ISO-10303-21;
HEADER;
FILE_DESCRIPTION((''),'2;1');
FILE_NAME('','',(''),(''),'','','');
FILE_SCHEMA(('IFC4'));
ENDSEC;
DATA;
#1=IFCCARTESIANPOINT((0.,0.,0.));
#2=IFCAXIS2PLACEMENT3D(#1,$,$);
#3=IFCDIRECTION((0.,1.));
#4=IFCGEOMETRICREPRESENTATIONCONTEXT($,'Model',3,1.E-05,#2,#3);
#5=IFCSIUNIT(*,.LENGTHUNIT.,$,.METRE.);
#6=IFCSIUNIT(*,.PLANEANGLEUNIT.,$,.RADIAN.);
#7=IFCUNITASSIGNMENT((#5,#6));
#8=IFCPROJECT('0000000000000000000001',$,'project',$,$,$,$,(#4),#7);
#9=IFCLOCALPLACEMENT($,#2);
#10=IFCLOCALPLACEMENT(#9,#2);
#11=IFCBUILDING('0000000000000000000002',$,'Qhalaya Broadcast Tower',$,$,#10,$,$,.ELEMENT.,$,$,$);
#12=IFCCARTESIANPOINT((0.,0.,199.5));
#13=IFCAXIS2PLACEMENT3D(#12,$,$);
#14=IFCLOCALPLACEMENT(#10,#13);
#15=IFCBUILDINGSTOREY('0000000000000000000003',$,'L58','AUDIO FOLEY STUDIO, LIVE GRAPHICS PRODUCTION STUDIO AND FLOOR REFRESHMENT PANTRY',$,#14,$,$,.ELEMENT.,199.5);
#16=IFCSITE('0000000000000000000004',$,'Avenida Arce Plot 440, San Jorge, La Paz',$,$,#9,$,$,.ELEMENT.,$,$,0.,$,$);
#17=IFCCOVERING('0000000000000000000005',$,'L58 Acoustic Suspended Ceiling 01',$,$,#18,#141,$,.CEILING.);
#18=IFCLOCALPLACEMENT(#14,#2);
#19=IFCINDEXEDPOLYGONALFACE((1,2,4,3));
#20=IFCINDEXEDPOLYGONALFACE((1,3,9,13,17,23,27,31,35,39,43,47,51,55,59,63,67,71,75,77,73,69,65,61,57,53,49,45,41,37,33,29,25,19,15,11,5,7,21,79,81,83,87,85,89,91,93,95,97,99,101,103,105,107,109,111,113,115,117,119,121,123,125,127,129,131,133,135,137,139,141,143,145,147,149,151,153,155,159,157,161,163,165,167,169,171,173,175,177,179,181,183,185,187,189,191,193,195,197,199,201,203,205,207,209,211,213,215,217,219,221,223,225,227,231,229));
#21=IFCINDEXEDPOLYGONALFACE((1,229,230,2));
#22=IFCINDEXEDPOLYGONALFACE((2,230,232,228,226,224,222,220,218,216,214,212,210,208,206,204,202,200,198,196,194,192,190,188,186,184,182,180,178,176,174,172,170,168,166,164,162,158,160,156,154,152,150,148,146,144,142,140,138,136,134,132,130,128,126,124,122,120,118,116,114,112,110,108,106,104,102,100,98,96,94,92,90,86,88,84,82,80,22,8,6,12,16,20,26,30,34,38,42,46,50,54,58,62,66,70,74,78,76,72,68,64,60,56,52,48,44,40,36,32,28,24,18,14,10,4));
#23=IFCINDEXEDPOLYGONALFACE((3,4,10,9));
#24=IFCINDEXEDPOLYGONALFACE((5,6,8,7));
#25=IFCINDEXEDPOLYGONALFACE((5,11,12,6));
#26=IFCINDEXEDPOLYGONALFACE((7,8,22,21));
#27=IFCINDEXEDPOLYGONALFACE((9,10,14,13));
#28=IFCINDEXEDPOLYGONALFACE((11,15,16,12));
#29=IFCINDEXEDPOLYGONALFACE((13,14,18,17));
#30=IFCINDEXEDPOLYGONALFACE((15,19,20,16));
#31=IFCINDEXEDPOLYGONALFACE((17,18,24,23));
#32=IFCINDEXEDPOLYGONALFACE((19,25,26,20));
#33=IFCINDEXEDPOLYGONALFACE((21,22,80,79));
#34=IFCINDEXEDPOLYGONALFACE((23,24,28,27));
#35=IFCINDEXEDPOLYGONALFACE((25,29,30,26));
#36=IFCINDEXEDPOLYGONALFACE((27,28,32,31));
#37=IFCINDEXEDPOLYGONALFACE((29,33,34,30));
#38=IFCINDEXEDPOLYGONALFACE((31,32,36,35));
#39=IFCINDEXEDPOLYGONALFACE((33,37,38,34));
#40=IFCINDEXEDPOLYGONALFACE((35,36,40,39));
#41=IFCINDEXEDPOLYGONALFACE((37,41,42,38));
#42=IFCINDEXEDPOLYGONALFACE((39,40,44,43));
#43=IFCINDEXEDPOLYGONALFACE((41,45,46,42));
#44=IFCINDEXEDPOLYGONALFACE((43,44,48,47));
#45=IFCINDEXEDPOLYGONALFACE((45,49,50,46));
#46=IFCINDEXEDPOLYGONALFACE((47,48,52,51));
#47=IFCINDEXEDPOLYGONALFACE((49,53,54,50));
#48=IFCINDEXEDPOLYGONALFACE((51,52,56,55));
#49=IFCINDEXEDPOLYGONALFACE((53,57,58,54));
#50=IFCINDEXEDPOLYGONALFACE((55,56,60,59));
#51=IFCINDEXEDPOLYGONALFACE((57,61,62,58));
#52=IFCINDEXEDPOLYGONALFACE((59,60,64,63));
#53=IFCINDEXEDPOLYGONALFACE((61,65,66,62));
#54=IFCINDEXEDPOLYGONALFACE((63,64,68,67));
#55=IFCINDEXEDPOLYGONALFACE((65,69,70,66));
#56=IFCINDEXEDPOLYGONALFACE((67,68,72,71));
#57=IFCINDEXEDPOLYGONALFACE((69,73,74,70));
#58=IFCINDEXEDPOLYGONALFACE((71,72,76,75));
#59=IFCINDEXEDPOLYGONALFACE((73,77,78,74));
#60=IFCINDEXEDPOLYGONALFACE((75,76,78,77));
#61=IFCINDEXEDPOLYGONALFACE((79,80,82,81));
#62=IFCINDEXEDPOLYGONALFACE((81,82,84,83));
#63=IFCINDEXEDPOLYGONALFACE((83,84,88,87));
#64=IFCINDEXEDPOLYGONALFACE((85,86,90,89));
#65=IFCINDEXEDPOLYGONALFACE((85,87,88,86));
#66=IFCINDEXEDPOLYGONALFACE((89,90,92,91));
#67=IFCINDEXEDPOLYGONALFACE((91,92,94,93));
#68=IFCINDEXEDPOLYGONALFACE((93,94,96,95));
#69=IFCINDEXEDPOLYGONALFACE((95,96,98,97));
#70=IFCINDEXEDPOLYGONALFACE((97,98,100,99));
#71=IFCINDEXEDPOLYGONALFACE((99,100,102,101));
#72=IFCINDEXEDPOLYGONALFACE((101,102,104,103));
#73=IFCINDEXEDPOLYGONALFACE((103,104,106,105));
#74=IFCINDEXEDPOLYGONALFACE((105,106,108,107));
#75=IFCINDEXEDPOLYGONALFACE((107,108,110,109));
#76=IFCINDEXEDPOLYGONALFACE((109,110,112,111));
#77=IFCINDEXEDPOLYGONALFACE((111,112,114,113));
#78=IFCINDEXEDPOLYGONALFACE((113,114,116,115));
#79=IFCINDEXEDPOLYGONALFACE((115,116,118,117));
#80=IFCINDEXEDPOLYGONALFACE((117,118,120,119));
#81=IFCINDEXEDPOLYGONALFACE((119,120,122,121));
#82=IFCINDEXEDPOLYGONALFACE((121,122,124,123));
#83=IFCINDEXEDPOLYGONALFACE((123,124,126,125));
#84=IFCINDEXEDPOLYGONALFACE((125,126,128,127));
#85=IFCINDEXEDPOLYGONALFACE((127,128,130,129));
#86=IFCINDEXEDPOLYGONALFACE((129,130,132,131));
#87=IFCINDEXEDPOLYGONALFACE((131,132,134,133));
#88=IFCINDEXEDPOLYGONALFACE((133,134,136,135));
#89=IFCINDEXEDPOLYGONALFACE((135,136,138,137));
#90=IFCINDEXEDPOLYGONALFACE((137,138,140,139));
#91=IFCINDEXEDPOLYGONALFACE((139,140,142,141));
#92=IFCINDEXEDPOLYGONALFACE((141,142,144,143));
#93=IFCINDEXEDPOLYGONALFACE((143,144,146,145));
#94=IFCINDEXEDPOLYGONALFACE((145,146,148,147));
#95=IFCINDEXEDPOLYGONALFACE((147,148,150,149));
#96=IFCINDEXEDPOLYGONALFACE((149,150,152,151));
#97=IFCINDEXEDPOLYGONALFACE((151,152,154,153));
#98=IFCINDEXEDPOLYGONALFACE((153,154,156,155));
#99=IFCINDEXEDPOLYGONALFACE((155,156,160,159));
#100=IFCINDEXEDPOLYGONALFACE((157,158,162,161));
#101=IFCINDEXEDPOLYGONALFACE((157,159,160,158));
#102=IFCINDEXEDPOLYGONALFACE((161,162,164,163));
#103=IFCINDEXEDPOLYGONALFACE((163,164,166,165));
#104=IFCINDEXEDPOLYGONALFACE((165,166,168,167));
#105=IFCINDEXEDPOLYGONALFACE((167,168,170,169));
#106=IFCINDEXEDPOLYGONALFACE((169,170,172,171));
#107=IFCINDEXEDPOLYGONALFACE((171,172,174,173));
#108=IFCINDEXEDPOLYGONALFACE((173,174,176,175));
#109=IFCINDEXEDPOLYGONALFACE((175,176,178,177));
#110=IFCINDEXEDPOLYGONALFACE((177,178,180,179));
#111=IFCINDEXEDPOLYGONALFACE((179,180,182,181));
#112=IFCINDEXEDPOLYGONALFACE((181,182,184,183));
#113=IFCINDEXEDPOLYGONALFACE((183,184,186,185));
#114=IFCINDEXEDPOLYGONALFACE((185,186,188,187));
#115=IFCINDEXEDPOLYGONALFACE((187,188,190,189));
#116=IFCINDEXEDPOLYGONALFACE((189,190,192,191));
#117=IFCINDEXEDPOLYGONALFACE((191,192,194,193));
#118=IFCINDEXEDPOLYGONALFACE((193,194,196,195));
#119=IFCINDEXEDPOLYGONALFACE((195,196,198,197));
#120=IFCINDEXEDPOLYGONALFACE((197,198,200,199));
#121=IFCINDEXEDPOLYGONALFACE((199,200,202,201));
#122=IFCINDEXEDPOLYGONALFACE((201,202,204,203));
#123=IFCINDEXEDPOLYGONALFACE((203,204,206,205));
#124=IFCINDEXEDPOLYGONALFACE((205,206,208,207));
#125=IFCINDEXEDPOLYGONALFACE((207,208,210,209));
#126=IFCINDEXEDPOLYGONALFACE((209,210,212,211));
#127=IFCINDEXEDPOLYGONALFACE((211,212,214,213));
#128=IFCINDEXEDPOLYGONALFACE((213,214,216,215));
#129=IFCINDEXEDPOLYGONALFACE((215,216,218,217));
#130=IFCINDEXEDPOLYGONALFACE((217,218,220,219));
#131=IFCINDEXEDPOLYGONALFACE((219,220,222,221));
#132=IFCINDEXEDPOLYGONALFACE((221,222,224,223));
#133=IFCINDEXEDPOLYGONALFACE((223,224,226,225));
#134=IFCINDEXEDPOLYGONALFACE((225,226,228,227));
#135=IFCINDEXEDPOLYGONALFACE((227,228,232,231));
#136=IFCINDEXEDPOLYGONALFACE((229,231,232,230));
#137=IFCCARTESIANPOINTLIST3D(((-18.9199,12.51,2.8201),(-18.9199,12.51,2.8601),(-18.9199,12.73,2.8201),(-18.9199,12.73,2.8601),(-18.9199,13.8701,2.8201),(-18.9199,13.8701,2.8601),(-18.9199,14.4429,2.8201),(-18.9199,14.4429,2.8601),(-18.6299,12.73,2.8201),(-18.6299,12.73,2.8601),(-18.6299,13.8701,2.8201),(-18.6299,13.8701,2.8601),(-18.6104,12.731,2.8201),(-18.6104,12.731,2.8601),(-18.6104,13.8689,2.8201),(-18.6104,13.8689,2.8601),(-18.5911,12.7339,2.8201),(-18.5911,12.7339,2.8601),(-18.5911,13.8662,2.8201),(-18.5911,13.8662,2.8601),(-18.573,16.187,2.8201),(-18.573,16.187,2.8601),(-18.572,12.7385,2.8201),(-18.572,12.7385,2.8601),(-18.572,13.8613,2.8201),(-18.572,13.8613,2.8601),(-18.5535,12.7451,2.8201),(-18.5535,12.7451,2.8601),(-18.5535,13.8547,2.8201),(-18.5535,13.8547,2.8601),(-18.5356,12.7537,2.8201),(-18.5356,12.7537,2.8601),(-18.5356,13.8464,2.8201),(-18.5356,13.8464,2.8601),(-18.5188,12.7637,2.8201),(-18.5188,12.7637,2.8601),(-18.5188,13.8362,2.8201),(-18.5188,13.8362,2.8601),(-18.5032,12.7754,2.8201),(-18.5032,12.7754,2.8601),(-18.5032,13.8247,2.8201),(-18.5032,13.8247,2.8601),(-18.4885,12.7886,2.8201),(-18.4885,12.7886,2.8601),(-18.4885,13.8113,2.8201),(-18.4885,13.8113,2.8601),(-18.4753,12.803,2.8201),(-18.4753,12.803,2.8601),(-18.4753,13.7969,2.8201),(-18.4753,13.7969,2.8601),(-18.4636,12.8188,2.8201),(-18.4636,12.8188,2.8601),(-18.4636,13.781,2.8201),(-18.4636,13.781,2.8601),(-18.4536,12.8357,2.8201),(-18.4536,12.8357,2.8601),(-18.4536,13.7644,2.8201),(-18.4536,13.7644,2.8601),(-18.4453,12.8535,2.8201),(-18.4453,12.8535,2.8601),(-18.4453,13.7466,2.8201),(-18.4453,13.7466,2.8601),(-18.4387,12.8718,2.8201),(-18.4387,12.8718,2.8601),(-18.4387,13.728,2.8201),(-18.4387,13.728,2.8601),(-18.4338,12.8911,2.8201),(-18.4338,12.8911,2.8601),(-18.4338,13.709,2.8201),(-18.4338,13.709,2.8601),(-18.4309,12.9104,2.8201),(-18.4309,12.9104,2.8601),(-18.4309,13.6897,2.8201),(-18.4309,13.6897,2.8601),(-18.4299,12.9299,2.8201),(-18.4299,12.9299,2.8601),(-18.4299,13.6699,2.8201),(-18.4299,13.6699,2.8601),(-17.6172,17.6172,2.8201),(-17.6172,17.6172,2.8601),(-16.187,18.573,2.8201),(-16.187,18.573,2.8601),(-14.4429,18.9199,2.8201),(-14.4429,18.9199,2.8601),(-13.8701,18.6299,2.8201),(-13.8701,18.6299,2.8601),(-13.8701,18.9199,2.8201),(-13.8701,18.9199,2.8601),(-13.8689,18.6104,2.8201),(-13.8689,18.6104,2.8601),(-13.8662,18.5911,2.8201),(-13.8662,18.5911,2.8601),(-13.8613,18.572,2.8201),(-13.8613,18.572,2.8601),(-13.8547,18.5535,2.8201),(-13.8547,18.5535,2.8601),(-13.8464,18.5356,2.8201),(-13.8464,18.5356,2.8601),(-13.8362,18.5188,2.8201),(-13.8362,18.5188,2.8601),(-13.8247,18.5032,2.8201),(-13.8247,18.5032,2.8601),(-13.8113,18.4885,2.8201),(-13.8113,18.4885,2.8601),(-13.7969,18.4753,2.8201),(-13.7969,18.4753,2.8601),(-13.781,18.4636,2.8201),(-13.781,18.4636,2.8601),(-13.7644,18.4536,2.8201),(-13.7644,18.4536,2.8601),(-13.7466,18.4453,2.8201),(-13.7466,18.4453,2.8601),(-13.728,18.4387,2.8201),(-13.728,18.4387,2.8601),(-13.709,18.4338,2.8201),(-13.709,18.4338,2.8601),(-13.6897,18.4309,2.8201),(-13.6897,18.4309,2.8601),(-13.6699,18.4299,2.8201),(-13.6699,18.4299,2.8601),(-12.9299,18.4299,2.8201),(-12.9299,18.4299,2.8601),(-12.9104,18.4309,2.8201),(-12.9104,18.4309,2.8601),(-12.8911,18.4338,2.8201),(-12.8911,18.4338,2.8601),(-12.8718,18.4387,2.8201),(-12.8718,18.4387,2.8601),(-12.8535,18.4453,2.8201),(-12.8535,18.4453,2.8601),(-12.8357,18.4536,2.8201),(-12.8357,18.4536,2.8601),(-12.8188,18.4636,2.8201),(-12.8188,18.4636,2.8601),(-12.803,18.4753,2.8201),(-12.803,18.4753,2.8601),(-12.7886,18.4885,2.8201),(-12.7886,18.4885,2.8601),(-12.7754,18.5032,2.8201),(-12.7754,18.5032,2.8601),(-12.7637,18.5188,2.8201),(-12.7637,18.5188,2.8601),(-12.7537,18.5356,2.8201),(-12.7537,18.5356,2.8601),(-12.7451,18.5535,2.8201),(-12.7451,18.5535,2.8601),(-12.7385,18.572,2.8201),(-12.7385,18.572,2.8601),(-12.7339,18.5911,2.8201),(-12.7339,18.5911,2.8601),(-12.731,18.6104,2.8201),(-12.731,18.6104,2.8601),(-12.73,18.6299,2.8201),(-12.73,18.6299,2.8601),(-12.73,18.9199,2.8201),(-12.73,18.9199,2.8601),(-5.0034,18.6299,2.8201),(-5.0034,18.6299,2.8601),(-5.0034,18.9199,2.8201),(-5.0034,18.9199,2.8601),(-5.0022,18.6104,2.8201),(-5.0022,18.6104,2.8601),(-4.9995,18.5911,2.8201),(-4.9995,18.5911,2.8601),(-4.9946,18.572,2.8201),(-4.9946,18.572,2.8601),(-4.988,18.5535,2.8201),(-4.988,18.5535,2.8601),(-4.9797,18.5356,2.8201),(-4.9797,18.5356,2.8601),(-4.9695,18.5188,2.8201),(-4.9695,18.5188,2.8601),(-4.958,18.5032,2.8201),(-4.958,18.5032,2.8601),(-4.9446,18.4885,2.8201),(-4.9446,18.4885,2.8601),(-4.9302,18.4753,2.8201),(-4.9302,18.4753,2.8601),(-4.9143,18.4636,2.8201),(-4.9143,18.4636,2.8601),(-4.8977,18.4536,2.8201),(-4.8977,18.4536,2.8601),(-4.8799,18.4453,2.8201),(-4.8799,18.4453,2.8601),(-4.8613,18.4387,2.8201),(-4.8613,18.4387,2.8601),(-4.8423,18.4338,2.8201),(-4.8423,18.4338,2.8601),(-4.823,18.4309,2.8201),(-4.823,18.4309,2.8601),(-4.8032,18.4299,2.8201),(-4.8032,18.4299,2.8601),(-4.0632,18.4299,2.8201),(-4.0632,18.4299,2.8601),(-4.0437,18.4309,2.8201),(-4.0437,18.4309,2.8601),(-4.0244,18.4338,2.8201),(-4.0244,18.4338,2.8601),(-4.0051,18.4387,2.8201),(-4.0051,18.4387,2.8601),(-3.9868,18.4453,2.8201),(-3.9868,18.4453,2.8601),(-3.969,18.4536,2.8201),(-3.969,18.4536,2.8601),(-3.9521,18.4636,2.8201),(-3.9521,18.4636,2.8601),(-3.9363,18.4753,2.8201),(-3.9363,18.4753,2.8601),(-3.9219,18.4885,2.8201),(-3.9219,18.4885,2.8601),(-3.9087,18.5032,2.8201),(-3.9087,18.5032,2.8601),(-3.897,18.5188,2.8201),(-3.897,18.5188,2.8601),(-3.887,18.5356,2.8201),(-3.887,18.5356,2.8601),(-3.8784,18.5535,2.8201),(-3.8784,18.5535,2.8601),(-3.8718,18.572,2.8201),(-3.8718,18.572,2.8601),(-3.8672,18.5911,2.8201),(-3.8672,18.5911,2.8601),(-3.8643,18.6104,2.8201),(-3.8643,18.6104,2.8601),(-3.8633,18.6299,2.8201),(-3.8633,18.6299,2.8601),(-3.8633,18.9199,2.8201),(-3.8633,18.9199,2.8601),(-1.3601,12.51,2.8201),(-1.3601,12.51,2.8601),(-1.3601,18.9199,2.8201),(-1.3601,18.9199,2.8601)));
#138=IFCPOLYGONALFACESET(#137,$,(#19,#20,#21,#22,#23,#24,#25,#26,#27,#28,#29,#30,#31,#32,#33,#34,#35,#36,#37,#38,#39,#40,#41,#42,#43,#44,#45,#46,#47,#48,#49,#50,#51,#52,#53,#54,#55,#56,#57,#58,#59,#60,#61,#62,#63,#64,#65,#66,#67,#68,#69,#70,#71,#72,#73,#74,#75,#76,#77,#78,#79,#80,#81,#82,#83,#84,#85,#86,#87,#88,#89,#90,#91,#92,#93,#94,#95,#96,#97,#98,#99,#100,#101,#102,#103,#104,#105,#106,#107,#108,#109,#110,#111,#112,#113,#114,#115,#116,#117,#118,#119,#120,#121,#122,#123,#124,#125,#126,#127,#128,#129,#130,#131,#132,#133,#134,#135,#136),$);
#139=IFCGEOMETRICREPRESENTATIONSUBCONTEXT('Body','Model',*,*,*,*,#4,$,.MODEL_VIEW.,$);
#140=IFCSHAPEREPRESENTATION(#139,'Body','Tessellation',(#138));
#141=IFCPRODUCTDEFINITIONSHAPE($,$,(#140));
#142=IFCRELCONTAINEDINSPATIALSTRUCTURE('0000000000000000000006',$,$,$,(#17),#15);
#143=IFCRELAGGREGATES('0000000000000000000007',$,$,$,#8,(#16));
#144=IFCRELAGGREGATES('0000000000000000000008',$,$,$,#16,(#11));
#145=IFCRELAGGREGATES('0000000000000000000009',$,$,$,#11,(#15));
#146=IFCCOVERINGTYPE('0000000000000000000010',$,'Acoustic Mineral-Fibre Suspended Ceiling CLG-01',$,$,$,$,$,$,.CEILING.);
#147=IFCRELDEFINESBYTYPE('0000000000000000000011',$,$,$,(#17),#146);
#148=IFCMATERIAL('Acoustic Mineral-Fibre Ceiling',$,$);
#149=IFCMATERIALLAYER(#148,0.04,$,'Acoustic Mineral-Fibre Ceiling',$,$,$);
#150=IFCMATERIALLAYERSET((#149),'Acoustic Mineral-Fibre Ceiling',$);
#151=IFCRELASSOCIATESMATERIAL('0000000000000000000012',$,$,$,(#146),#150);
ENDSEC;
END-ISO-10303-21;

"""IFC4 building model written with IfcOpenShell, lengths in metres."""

from ifc_helpers import new_model, si_unit, direction, frame, origin, place, context, subcontext, project, spatial, polyline, outline, extrude, material, layer, layer_set, type_object, element, save


model = new_model("IFC4")

# Units and contexts
model_context = context("Model", 3, precision=1e-05, world=origin(), true_north=direction((0.0, 1.0)))
body_context = subcontext(model_context, "Body", "Model", "MODEL_VIEW")
ifc_project = project(units=[si_unit("LENGTHUNIT", "METRE"), si_unit("PLANEANGLEUNIT", "RADIAN")], contexts=[model_context])

# Site, building, storey
site_placement = place(None, origin())
site = spatial("IfcSite", under=ifc_project, at=site_placement, Name="Avenida Arce Plot 440, San Jorge, La Paz", CompositionType="ELEMENT", RefElevation=0.0)
building_placement = place(site_placement, origin())
building = spatial("IfcBuilding", under=site, at=building_placement, Name="Qhalaya Broadcast Tower", CompositionType="ELEMENT")
storey_placement = place(building_placement, frame((0.0, 0.0, 199.5)))
storey = spatial("IfcBuildingStorey", under=building, at=storey_placement, Name="L58", Description="AUDIO FOLEY STUDIO, LIVE GRAPHICS PRODUCTION STUDIO AND FLOOR REFRESHMENT PANTRY", CompositionType="ELEMENT", Elevation=199.5)

# Covering
ifc_material_1 = material(Name="Acoustic Mineral-Fibre Ceiling")
ifc_layer_1 = layer(ifc_material_1, 0.04, Name="Acoustic Mineral-Fibre Ceiling")
ifc_layer_set_1 = layer_set([ifc_layer_1], Name="Acoustic Mineral-Fibre Ceiling")
covering_type = type_object("IfcCoveringType", Name="Acoustic Mineral-Fibre Suspended Ceiling CLG-01", PredefinedType="CEILING", material=ifc_layer_set_1)
covering_1_placement = place(storey_placement, frame((0.0, 0.0, 2.8201)))
element("IfcCovering", 1, at=covering_1_placement, inside=storey, type_object=covering_type, Name="L58 Acoustic Suspended Ceiling 01", PredefinedType="CEILING", context=body_context, shape_type="SweptSolid", body=[
    extrude(outline(polyline([(-18.9199, 12.73), (-18.9199, 12.51), (-1.3601, 12.51), (-1.3601, 18.9199), (-3.8633, 18.9199), (-3.8633, 18.6299), (-3.8643, 18.6104), (-3.8672, 18.5911), (-3.8718, 18.572), (-3.8784, 18.5535), (-3.887, 18.5356), (-3.897, 18.5188), (-3.9087, 18.5032), (-3.9219, 18.4885), (-3.9363, 18.4753), (-3.9521, 18.4636), (-3.969, 18.4536), (-3.9868, 18.4453), (-4.0051, 18.4387), (-4.0244, 18.4338), (-4.0437, 18.4309), (-4.0632, 18.4299), (-4.8032, 18.4299), (-4.823, 18.4309), (-4.8423, 18.4338), (-4.8613, 18.4387), (-4.8799, 18.4453), (-4.8977, 18.4536), (-4.9143, 18.4636), (-4.9302, 18.4753), (-4.9446, 18.4885), (-4.958, 18.5032), (-4.9695, 18.5188), (-4.9797, 18.5356), (-4.988, 18.5535), (-4.9946, 18.572), (-4.9995, 18.5911), (-5.0022, 18.6104), (-5.0034, 18.6299), (-5.0034, 18.9199), (-12.73, 18.9199), (-12.73, 18.6299), (-12.731, 18.6104), (-12.7339, 18.5911), (-12.7385, 18.572), (-12.7451, 18.5535), (-12.7537, 18.5356), (-12.7637, 18.5188), (-12.7754, 18.5032), (-12.7886, 18.4885), (-12.803, 18.4753), (-12.8188, 18.4636), (-12.8357, 18.4536), (-12.8535, 18.4453), (-12.8718, 18.4387), (-12.8911, 18.4338), (-12.9104, 18.4309), (-12.9299, 18.4299), (-13.6699, 18.4299), (-13.6897, 18.4309), (-13.709, 18.4338), (-13.728, 18.4387), (-13.7466, 18.4453), (-13.7644, 18.4536), (-13.781, 18.4636), (-13.7969, 18.4753), (-13.8113, 18.4885), (-13.8247, 18.5032), (-13.8362, 18.5188), (-13.8464, 18.5356), (-13.8547, 18.5535), (-13.8613, 18.572), (-13.8662, 18.5911), (-13.8689, 18.6104), (-13.8701, 18.6299), (-13.8701, 18.9199), (-14.4429, 18.9199), (-16.187, 18.573), (-17.6172, 17.6172), (-18.573, 16.187), (-18.9199, 14.4429), (-18.9199, 13.8701), (-18.6299, 13.8701), (-18.6104, 13.8689), (-18.5911, 13.8662), (-18.572, 13.8613), (-18.5535, 13.8547), (-18.5356, 13.8464), (-18.5188, 13.8362), (-18.5032, 13.8247), (-18.4885, 13.8113), (-18.4753, 13.7969), (-18.4636, 13.781), (-18.4536, 13.7644), (-18.4453, 13.7466), (-18.4387, 13.728), (-18.4338, 13.709), (-18.4309, 13.6897), (-18.4299, 13.6699), (-18.4299, 12.9299), (-18.4309, 12.9104), (-18.4338, 12.8911), (-18.4387, 12.8718), (-18.4453, 12.8535), (-18.4536, 12.8357), (-18.4636, 12.8188), (-18.4753, 12.803), (-18.4885, 12.7886), (-18.5032, 12.7754), (-18.5188, 12.7637), (-18.5356, 12.7537), (-18.5535, 12.7451), (-18.572, 12.7385), (-18.5911, 12.7339), (-18.6104, 12.731), (-18.6299, 12.73), (-18.9199, 12.73)])), origin(), (0.0, 0.0, 1.0), 0.04),
])

save(model, "model.ifc")
